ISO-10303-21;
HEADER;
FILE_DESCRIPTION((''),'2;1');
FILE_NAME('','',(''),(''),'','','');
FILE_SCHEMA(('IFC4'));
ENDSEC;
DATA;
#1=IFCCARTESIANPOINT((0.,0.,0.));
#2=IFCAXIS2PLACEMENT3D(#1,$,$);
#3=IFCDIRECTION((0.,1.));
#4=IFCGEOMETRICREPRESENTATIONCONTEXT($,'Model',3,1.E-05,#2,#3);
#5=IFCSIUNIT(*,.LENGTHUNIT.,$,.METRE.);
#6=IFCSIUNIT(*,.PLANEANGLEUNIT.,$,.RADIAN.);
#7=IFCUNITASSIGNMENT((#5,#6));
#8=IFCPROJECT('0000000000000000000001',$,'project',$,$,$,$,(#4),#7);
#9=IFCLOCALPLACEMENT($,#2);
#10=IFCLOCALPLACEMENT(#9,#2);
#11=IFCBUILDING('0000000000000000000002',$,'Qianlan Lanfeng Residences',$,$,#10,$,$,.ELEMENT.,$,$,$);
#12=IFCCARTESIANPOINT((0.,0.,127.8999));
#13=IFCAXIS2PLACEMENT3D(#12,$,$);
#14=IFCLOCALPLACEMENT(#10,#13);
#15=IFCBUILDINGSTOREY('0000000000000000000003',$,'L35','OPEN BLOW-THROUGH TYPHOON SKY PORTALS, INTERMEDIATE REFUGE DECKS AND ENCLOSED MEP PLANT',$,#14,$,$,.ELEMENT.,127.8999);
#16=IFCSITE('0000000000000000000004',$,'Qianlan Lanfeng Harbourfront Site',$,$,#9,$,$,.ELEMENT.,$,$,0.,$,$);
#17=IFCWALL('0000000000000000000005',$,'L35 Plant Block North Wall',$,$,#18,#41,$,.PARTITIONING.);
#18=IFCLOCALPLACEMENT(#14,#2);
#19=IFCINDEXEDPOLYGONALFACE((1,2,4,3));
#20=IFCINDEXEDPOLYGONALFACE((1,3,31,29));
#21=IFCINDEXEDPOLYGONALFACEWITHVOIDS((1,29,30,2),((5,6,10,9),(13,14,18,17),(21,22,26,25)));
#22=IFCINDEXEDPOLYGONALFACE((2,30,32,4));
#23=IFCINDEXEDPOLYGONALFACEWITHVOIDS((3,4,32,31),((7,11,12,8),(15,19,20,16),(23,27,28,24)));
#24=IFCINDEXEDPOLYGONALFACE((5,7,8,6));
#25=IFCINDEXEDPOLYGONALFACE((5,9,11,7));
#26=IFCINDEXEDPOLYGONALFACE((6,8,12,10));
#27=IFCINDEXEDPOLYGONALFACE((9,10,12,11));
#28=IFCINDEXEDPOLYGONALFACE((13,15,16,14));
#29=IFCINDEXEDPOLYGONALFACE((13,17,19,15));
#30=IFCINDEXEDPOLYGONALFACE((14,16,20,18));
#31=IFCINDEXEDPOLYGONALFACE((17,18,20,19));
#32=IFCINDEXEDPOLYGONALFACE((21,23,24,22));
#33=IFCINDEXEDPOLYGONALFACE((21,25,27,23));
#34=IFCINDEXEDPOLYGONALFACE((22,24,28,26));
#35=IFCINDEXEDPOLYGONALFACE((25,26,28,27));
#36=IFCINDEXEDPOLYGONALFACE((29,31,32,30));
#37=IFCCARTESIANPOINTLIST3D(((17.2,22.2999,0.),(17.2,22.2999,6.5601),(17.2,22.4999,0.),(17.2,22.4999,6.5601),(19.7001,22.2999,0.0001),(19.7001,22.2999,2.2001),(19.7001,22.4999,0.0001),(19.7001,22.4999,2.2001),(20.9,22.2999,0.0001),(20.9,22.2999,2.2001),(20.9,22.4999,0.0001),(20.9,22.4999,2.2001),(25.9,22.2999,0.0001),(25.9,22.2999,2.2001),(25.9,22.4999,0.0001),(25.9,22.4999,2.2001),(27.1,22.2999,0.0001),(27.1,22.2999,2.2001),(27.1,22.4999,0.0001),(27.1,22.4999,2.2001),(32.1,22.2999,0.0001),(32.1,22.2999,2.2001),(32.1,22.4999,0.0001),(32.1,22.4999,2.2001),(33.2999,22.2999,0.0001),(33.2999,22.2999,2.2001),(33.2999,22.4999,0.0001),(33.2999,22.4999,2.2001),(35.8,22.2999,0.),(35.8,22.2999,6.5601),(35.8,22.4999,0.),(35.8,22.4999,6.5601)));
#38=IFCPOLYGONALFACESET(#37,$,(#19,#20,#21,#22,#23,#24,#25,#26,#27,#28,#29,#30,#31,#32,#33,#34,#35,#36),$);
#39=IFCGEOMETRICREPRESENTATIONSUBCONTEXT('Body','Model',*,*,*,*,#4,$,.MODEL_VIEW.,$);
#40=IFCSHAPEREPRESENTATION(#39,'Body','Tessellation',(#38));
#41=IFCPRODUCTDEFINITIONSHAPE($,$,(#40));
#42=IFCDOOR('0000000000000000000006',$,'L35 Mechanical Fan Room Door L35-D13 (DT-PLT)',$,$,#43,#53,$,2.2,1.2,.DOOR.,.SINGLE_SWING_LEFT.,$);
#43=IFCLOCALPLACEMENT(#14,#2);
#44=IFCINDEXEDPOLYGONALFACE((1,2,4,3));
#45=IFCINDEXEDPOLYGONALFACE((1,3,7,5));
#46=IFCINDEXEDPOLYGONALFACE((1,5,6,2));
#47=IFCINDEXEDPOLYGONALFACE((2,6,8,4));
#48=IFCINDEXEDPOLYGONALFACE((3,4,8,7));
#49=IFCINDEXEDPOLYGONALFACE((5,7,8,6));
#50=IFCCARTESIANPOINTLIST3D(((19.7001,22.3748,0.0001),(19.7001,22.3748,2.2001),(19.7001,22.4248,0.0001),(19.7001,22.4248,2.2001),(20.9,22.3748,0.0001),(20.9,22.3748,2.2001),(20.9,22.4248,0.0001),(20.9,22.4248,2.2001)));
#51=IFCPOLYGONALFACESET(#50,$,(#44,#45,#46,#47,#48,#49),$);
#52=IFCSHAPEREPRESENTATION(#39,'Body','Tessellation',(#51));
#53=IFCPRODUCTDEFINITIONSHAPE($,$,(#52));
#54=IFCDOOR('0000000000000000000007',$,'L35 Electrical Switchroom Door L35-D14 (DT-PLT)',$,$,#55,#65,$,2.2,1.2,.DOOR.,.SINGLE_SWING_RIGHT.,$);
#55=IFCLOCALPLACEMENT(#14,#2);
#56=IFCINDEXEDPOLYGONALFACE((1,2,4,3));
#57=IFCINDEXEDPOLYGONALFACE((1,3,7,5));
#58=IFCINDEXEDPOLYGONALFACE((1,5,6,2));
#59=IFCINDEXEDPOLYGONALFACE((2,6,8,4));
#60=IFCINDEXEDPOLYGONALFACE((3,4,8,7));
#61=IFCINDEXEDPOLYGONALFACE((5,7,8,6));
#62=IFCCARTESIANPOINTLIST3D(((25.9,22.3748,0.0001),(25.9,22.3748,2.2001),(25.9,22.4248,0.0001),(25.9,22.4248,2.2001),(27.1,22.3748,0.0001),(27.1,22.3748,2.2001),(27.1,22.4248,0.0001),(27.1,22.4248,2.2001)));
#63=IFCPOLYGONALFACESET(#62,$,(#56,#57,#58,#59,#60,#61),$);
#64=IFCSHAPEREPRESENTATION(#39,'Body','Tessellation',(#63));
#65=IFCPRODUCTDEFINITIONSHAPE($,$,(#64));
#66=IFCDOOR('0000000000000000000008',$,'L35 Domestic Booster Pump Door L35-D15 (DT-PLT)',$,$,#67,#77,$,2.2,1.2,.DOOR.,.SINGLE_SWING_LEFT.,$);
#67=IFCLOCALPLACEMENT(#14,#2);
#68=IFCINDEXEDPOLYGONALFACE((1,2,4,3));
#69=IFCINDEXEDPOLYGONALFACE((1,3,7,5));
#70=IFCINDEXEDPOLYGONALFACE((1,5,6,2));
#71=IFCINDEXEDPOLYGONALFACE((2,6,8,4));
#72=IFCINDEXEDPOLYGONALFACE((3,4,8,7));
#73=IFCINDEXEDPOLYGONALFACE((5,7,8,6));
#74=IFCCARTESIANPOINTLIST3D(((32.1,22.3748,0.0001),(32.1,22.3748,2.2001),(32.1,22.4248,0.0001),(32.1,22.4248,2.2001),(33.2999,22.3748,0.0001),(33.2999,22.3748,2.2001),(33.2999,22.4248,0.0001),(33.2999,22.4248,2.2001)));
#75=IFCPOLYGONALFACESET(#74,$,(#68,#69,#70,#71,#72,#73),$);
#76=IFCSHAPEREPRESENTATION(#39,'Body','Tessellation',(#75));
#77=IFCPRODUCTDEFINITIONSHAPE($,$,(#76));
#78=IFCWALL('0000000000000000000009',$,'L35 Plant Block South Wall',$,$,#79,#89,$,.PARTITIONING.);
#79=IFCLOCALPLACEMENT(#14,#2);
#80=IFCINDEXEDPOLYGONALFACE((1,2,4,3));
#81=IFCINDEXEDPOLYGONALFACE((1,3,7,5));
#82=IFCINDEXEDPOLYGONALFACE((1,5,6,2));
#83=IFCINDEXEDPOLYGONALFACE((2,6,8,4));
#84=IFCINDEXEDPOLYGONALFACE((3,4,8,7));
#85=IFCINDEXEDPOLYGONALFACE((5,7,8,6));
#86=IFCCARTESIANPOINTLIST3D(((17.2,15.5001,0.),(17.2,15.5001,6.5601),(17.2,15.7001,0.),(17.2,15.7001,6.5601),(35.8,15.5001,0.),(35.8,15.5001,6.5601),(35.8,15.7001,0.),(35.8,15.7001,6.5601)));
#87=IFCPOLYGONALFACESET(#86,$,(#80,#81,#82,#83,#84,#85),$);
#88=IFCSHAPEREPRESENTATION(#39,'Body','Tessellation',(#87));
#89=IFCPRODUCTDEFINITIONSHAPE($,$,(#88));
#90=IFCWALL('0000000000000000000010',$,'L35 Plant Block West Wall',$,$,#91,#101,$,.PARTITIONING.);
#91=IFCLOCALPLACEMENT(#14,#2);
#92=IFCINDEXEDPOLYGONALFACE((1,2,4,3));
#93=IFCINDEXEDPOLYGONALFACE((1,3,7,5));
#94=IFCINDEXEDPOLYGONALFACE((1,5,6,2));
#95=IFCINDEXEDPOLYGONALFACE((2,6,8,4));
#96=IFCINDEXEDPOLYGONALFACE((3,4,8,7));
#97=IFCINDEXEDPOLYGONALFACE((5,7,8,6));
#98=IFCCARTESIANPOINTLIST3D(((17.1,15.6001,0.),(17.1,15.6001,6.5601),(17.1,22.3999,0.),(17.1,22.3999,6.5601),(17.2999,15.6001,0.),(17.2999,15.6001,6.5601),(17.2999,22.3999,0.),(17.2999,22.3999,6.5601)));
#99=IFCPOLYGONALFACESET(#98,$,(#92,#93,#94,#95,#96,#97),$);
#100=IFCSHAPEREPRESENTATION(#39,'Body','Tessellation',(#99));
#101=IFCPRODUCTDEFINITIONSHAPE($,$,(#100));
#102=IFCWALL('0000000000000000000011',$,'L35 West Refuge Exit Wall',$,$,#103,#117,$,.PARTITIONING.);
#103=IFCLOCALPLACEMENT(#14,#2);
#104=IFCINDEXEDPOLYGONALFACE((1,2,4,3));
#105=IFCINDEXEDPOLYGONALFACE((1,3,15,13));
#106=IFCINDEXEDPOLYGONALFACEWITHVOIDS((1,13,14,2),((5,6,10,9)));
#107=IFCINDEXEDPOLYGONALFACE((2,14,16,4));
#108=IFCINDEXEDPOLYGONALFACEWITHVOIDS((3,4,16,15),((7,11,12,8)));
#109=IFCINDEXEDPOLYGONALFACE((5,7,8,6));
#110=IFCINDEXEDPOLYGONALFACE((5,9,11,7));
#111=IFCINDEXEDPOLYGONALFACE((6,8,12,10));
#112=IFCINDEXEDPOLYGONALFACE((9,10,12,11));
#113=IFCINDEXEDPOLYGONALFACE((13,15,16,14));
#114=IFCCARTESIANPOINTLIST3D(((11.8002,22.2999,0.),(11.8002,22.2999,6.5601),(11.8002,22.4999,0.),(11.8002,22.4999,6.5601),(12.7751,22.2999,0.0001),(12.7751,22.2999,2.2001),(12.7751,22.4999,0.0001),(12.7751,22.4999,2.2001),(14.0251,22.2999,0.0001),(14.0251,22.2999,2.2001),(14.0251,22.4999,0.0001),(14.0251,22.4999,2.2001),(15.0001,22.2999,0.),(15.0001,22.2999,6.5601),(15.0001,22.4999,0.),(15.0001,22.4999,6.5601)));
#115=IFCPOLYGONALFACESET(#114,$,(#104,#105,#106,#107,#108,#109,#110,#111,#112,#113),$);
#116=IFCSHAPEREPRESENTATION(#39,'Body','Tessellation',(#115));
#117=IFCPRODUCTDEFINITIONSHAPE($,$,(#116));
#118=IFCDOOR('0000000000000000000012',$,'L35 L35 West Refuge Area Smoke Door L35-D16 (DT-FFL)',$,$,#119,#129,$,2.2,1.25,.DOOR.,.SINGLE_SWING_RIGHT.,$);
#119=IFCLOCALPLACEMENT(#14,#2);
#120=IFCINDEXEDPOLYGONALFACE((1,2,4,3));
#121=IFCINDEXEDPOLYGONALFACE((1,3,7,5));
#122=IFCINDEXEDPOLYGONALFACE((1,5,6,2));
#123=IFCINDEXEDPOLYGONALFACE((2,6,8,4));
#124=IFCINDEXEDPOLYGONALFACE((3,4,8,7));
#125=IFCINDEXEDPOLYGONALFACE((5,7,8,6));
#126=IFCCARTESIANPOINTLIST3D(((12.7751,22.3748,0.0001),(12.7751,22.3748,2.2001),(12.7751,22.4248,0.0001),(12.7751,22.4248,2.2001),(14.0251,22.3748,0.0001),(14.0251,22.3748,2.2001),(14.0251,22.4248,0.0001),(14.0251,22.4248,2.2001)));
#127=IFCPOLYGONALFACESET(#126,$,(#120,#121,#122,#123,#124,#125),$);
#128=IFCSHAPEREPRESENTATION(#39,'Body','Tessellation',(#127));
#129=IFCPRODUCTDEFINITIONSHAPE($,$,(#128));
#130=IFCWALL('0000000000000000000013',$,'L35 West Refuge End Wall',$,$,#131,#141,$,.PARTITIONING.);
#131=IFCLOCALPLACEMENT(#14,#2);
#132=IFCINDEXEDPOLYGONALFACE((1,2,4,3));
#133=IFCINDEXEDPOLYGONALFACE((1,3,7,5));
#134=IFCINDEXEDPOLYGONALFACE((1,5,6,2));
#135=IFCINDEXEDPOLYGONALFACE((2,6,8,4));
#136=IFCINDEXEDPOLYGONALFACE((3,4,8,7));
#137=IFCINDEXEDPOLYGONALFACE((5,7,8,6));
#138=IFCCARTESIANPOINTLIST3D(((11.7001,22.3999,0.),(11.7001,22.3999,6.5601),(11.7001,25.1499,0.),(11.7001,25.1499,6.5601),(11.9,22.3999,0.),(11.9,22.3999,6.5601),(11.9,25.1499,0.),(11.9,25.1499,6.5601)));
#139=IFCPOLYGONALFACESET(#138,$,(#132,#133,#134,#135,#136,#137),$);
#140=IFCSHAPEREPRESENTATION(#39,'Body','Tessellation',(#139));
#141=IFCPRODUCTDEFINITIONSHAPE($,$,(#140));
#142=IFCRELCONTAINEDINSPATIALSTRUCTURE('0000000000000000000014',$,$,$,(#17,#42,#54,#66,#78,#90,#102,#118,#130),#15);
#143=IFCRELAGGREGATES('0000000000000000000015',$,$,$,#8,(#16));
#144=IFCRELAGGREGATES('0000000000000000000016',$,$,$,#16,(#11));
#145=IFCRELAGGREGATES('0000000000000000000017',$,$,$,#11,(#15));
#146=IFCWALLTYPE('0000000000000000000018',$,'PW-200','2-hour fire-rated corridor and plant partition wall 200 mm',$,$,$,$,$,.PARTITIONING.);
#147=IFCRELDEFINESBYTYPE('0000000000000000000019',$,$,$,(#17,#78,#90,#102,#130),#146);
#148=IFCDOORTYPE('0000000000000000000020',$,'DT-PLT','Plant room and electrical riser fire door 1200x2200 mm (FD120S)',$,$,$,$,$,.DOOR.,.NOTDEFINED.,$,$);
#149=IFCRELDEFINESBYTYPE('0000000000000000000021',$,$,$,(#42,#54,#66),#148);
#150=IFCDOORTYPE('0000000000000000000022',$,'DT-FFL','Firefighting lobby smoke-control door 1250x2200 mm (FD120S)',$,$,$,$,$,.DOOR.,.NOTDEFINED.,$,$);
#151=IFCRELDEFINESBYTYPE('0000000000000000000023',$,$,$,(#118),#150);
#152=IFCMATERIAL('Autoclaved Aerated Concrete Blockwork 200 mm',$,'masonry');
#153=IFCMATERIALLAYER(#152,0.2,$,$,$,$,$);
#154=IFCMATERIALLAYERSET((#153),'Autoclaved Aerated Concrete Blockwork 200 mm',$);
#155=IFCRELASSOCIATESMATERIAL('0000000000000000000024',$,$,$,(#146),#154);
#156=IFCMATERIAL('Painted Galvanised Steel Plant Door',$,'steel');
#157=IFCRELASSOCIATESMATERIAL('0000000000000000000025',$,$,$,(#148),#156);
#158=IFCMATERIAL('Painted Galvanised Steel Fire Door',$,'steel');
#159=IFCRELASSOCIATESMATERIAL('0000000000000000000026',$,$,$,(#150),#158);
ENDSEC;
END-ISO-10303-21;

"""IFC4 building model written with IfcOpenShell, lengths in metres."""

from ifc_helpers import new_model, si_unit, direction, frame, frame_2d, origin, place, context, subcontext, project, spatial, rectangle, extrude, material, layer, layer_set, type_object, element, fill, save


model = new_model("IFC4")

# Units and contexts
model_context = context("Model", 3, precision=1e-05, world=origin(), true_north=direction((0.0, 1.0)))
body_context = subcontext(model_context, "Body", "Model", "MODEL_VIEW")
ifc_project = project(units=[si_unit("LENGTHUNIT", "METRE"), si_unit("PLANEANGLEUNIT", "RADIAN")], contexts=[model_context])

# Site, building, storey
site_placement = place(None, origin())
site = spatial("IfcSite", under=ifc_project, at=site_placement, Name="Qianlan Lanfeng Harbourfront Site", CompositionType="ELEMENT", RefElevation=0.0)
building_placement = place(site_placement, origin())
building = spatial("IfcBuilding", under=site, at=building_placement, Name="Qianlan Lanfeng Residences", CompositionType="ELEMENT")
storey_placement = place(building_placement, frame((0.0, 0.0, 127.8999)))
storey = spatial("IfcBuildingStorey", under=building, at=storey_placement, Name="L35", Description="OPEN BLOW-THROUGH TYPHOON SKY PORTALS, INTERMEDIATE REFUGE DECKS AND ENCLOSED MEP PLANT", CompositionType="ELEMENT", Elevation=127.8999)

# Wall, openings, doors
ifc_material_1 = material(Name="Autoclaved Aerated Concrete Blockwork 200 mm", Category="masonry")
ifc_layer_1 = layer(ifc_material_1, 0.2)
ifc_layer_set_1 = layer_set([ifc_layer_1], Name="Autoclaved Aerated Concrete Blockwork 200 mm")
wall_type_1 = type_object("IfcWallType", Name="PW-200", Description="2-hour fire-rated corridor and plant partition wall 200 mm", PredefinedType="PARTITIONING", material=ifc_layer_set_1)
wall_1_placement = place(storey_placement, frame((17.2, 22.3999, 0.0), z_axis=(0.0, 0.0, 1.0), x_axis=(1.0, 0.0, 0.0)))
wall_1 = element("IfcWall", 1, at=wall_1_placement, inside=storey, type_object=wall_type_1, Name="L35 Plant Block North Wall", PredefinedType="PARTITIONING", context=body_context, shape_type="SweptSolid", body=[
    extrude(rectangle(XDim=18.6001, YDim=0.2, at=frame_2d((9.3, 0.0))), origin(), (0.0, 0.0, 1.0), 6.5601),
])
opening_1_placement = place(wall_1_placement, frame((2.5, 0.0, 0.0)))
opening_1 = element("IfcOpeningElement", 2, at=opening_1_placement, cuts=wall_1, PredefinedType="OPENING", context=body_context, shape_type="SweptSolid", body=[
    extrude(rectangle(XDim=1.2, YDim=2.2, at=frame_2d((0.6001, 1.1001))), frame((0.0, 0.1099, 0.0), z_axis=(0.0, -1.0, 0.0), x_axis=(1.0, 0.0, 0.0)), (0.0, 0.0, 1.0), 0.22),
])
opening_2_placement = place(wall_1_placement, frame((8.7, 0.0, 0.0)))
opening_2 = element("IfcOpeningElement", 3, at=opening_2_placement, cuts=wall_1, PredefinedType="OPENING", context=body_context, shape_type="SweptSolid", body=[
    extrude(rectangle(XDim=1.2, YDim=2.2, at=frame_2d((0.6001, 1.1001))), frame((0.0, 0.1099, 0.0), z_axis=(0.0, -1.0, 0.0), x_axis=(1.0, 0.0, 0.0)), (0.0, 0.0, 1.0), 0.22),
])
opening_3_placement = place(wall_1_placement, frame((14.8999, 0.0, 0.0)))
opening_3 = element("IfcOpeningElement", 4, at=opening_3_placement, cuts=wall_1, PredefinedType="OPENING", context=body_context, shape_type="SweptSolid", body=[
    extrude(rectangle(XDim=1.2, YDim=2.2, at=frame_2d((0.6001, 1.1001))), frame((0.0, 0.1099, 0.0), z_axis=(0.0, -1.0, 0.0), x_axis=(1.0, 0.0, 0.0)), (0.0, 0.0, 1.0), 0.22),
])
ifc_material_2 = material(Name="Painted Galvanised Steel Plant Door", Category="steel")
door_type_1 = type_object("IfcDoorType", Name="DT-PLT", Description="Plant room and electrical riser fire door 1200x2200 mm (FD120S)", OperationType="NOTDEFINED", PredefinedType="DOOR", material=ifc_material_2)
door_1_placement = place(opening_1_placement, origin())
door_1 = element("IfcDoor", 5, at=door_1_placement, inside=storey, type_object=door_type_1, Name="L35 Mechanical Fan Room Door L35-D13 (DT-PLT)", OperationType="SINGLE_SWING_LEFT", OverallHeight=2.2, OverallWidth=1.2, PredefinedType="DOOR", context=body_context, shape_type="SweptSolid", body=[
    extrude(rectangle(XDim=1.2, YDim=2.2, at=frame_2d((0.6001, 1.1001))), frame((0.0, 0.0249, 0.0), z_axis=(0.0, -1.0, 0.0), x_axis=(1.0, 0.0, 0.0)), (0.0, 0.0, 1.0), 0.05),
])
fill(opening_1, door_1)
door_2_placement = place(opening_2_placement, origin())
door_2 = element("IfcDoor", 6, at=door_2_placement, inside=storey, type_object=door_type_1, Name="L35 Electrical Switchroom Door L35-D14 (DT-PLT)", OperationType="SINGLE_SWING_RIGHT", OverallHeight=2.2, OverallWidth=1.2, PredefinedType="DOOR", context=body_context, shape_type="SweptSolid", body=[
    extrude(rectangle(XDim=1.2, YDim=2.2, at=frame_2d((0.6001, 1.1001))), frame((0.0, 0.0249, 0.0), z_axis=(0.0, -1.0, 0.0), x_axis=(1.0, 0.0, 0.0)), (0.0, 0.0, 1.0), 0.05),
])
fill(opening_2, door_2)
door_3_placement = place(opening_3_placement, origin())
door_3 = element("IfcDoor", 7, at=door_3_placement, inside=storey, type_object=door_type_1, Name="L35 Domestic Booster Pump Door L35-D15 (DT-PLT)", OperationType="SINGLE_SWING_LEFT", OverallHeight=2.2, OverallWidth=1.2, PredefinedType="DOOR", context=body_context, shape_type="SweptSolid", body=[
    extrude(rectangle(XDim=1.2, YDim=2.2, at=frame_2d((0.6001, 1.1001))), frame((0.0, 0.0249, 0.0), z_axis=(0.0, -1.0, 0.0), x_axis=(1.0, 0.0, 0.0)), (0.0, 0.0, 1.0), 0.05),
])
fill(opening_3, door_3)

# Walls
wall_2_placement = place(storey_placement, frame((17.2, 15.6001, 0.0), z_axis=(0.0, 0.0, 1.0), x_axis=(1.0, 0.0, 0.0)))
element("IfcWall", 8, at=wall_2_placement, inside=storey, type_object=wall_type_1, Name="L35 Plant Block South Wall", PredefinedType="PARTITIONING", context=body_context, shape_type="SweptSolid", body=[
    extrude(rectangle(XDim=18.6001, YDim=0.2, at=frame_2d((9.3, 0.0))), origin(), (0.0, 0.0, 1.0), 6.5601),
])
wall_3_placement = place(storey_placement, frame((17.2, 15.6001, 0.0), z_axis=(0.0, 0.0, 1.0), x_axis=(0.0, 1.0, 0.0)))
element("IfcWall", 9, at=wall_3_placement, inside=storey, type_object=wall_type_1, Name="L35 Plant Block West Wall", PredefinedType="PARTITIONING", context=body_context, shape_type="SweptSolid", body=[
    extrude(rectangle(XDim=6.7998, YDim=0.2, at=frame_2d((3.3999, 0.0))), origin(), (0.0, 0.0, 1.0), 6.5601),
])

# Wall, opening, door
wall_4_placement = place(storey_placement, frame((11.8, 22.3999, 0.0), z_axis=(0.0, 0.0, 1.0), x_axis=(1.0, 0.0, 0.0)))
wall_4 = element("IfcWall", 10, at=wall_4_placement, inside=storey, type_object=wall_type_1, Name="L35 West Refuge Exit Wall", PredefinedType="PARTITIONING", context=body_context, shape_type="SweptSolid", body=[
    extrude(rectangle(XDim=3.2, YDim=0.2, at=frame_2d((1.6001, 0.0))), origin(), (0.0, 0.0, 1.0), 6.5601),
])
opening_4_placement = place(wall_4_placement, frame((0.9751, 0.0, 0.0)))
opening_4 = element("IfcOpeningElement", 11, at=opening_4_placement, cuts=wall_4, PredefinedType="OPENING", context=body_context, shape_type="SweptSolid", body=[
    extrude(rectangle(XDim=1.25, YDim=2.2, at=frame_2d((0.625, 1.1001))), frame((0.0, 0.1099, 0.0), z_axis=(0.0, -1.0, 0.0), x_axis=(1.0, 0.0, 0.0)), (0.0, 0.0, 1.0), 0.22),
])
ifc_material_3 = material(Name="Painted Galvanised Steel Fire Door", Category="steel")
door_type_2 = type_object("IfcDoorType", Name="DT-FFL", Description="Firefighting lobby smoke-control door 1250x2200 mm (FD120S)", OperationType="NOTDEFINED", PredefinedType="DOOR", material=ifc_material_3)
door_4_placement = place(opening_4_placement, origin())
door_4 = element("IfcDoor", 12, at=door_4_placement, inside=storey, type_object=door_type_2, Name="L35 L35 West Refuge Area Smoke Door L35-D16 (DT-FFL)", OperationType="SINGLE_SWING_RIGHT", OverallHeight=2.2, OverallWidth=1.25, PredefinedType="DOOR", context=body_context, shape_type="SweptSolid", body=[
    extrude(rectangle(XDim=1.25, YDim=2.2, at=frame_2d((0.625, 1.1001))), frame((0.0, 0.0249, 0.0), z_axis=(0.0, -1.0, 0.0), x_axis=(1.0, 0.0, 0.0)), (0.0, 0.0, 1.0), 0.05),
])
fill(opening_4, door_4)

# Wall
wall_5_placement = place(storey_placement, frame((11.8, 22.3999, 0.0), z_axis=(0.0, 0.0, 1.0), x_axis=(0.0, 1.0, 0.0)))
element("IfcWall", 13, at=wall_5_placement, inside=storey, type_object=wall_type_1, Name="L35 West Refuge End Wall", PredefinedType="PARTITIONING", context=body_context, shape_type="SweptSolid", body=[
    extrude(rectangle(XDim=2.75, YDim=0.2, at=frame_2d((1.375, 0.0))), origin(), (0.0, 0.0, 1.0), 6.5601),
])

save(model, "model.ifc")
